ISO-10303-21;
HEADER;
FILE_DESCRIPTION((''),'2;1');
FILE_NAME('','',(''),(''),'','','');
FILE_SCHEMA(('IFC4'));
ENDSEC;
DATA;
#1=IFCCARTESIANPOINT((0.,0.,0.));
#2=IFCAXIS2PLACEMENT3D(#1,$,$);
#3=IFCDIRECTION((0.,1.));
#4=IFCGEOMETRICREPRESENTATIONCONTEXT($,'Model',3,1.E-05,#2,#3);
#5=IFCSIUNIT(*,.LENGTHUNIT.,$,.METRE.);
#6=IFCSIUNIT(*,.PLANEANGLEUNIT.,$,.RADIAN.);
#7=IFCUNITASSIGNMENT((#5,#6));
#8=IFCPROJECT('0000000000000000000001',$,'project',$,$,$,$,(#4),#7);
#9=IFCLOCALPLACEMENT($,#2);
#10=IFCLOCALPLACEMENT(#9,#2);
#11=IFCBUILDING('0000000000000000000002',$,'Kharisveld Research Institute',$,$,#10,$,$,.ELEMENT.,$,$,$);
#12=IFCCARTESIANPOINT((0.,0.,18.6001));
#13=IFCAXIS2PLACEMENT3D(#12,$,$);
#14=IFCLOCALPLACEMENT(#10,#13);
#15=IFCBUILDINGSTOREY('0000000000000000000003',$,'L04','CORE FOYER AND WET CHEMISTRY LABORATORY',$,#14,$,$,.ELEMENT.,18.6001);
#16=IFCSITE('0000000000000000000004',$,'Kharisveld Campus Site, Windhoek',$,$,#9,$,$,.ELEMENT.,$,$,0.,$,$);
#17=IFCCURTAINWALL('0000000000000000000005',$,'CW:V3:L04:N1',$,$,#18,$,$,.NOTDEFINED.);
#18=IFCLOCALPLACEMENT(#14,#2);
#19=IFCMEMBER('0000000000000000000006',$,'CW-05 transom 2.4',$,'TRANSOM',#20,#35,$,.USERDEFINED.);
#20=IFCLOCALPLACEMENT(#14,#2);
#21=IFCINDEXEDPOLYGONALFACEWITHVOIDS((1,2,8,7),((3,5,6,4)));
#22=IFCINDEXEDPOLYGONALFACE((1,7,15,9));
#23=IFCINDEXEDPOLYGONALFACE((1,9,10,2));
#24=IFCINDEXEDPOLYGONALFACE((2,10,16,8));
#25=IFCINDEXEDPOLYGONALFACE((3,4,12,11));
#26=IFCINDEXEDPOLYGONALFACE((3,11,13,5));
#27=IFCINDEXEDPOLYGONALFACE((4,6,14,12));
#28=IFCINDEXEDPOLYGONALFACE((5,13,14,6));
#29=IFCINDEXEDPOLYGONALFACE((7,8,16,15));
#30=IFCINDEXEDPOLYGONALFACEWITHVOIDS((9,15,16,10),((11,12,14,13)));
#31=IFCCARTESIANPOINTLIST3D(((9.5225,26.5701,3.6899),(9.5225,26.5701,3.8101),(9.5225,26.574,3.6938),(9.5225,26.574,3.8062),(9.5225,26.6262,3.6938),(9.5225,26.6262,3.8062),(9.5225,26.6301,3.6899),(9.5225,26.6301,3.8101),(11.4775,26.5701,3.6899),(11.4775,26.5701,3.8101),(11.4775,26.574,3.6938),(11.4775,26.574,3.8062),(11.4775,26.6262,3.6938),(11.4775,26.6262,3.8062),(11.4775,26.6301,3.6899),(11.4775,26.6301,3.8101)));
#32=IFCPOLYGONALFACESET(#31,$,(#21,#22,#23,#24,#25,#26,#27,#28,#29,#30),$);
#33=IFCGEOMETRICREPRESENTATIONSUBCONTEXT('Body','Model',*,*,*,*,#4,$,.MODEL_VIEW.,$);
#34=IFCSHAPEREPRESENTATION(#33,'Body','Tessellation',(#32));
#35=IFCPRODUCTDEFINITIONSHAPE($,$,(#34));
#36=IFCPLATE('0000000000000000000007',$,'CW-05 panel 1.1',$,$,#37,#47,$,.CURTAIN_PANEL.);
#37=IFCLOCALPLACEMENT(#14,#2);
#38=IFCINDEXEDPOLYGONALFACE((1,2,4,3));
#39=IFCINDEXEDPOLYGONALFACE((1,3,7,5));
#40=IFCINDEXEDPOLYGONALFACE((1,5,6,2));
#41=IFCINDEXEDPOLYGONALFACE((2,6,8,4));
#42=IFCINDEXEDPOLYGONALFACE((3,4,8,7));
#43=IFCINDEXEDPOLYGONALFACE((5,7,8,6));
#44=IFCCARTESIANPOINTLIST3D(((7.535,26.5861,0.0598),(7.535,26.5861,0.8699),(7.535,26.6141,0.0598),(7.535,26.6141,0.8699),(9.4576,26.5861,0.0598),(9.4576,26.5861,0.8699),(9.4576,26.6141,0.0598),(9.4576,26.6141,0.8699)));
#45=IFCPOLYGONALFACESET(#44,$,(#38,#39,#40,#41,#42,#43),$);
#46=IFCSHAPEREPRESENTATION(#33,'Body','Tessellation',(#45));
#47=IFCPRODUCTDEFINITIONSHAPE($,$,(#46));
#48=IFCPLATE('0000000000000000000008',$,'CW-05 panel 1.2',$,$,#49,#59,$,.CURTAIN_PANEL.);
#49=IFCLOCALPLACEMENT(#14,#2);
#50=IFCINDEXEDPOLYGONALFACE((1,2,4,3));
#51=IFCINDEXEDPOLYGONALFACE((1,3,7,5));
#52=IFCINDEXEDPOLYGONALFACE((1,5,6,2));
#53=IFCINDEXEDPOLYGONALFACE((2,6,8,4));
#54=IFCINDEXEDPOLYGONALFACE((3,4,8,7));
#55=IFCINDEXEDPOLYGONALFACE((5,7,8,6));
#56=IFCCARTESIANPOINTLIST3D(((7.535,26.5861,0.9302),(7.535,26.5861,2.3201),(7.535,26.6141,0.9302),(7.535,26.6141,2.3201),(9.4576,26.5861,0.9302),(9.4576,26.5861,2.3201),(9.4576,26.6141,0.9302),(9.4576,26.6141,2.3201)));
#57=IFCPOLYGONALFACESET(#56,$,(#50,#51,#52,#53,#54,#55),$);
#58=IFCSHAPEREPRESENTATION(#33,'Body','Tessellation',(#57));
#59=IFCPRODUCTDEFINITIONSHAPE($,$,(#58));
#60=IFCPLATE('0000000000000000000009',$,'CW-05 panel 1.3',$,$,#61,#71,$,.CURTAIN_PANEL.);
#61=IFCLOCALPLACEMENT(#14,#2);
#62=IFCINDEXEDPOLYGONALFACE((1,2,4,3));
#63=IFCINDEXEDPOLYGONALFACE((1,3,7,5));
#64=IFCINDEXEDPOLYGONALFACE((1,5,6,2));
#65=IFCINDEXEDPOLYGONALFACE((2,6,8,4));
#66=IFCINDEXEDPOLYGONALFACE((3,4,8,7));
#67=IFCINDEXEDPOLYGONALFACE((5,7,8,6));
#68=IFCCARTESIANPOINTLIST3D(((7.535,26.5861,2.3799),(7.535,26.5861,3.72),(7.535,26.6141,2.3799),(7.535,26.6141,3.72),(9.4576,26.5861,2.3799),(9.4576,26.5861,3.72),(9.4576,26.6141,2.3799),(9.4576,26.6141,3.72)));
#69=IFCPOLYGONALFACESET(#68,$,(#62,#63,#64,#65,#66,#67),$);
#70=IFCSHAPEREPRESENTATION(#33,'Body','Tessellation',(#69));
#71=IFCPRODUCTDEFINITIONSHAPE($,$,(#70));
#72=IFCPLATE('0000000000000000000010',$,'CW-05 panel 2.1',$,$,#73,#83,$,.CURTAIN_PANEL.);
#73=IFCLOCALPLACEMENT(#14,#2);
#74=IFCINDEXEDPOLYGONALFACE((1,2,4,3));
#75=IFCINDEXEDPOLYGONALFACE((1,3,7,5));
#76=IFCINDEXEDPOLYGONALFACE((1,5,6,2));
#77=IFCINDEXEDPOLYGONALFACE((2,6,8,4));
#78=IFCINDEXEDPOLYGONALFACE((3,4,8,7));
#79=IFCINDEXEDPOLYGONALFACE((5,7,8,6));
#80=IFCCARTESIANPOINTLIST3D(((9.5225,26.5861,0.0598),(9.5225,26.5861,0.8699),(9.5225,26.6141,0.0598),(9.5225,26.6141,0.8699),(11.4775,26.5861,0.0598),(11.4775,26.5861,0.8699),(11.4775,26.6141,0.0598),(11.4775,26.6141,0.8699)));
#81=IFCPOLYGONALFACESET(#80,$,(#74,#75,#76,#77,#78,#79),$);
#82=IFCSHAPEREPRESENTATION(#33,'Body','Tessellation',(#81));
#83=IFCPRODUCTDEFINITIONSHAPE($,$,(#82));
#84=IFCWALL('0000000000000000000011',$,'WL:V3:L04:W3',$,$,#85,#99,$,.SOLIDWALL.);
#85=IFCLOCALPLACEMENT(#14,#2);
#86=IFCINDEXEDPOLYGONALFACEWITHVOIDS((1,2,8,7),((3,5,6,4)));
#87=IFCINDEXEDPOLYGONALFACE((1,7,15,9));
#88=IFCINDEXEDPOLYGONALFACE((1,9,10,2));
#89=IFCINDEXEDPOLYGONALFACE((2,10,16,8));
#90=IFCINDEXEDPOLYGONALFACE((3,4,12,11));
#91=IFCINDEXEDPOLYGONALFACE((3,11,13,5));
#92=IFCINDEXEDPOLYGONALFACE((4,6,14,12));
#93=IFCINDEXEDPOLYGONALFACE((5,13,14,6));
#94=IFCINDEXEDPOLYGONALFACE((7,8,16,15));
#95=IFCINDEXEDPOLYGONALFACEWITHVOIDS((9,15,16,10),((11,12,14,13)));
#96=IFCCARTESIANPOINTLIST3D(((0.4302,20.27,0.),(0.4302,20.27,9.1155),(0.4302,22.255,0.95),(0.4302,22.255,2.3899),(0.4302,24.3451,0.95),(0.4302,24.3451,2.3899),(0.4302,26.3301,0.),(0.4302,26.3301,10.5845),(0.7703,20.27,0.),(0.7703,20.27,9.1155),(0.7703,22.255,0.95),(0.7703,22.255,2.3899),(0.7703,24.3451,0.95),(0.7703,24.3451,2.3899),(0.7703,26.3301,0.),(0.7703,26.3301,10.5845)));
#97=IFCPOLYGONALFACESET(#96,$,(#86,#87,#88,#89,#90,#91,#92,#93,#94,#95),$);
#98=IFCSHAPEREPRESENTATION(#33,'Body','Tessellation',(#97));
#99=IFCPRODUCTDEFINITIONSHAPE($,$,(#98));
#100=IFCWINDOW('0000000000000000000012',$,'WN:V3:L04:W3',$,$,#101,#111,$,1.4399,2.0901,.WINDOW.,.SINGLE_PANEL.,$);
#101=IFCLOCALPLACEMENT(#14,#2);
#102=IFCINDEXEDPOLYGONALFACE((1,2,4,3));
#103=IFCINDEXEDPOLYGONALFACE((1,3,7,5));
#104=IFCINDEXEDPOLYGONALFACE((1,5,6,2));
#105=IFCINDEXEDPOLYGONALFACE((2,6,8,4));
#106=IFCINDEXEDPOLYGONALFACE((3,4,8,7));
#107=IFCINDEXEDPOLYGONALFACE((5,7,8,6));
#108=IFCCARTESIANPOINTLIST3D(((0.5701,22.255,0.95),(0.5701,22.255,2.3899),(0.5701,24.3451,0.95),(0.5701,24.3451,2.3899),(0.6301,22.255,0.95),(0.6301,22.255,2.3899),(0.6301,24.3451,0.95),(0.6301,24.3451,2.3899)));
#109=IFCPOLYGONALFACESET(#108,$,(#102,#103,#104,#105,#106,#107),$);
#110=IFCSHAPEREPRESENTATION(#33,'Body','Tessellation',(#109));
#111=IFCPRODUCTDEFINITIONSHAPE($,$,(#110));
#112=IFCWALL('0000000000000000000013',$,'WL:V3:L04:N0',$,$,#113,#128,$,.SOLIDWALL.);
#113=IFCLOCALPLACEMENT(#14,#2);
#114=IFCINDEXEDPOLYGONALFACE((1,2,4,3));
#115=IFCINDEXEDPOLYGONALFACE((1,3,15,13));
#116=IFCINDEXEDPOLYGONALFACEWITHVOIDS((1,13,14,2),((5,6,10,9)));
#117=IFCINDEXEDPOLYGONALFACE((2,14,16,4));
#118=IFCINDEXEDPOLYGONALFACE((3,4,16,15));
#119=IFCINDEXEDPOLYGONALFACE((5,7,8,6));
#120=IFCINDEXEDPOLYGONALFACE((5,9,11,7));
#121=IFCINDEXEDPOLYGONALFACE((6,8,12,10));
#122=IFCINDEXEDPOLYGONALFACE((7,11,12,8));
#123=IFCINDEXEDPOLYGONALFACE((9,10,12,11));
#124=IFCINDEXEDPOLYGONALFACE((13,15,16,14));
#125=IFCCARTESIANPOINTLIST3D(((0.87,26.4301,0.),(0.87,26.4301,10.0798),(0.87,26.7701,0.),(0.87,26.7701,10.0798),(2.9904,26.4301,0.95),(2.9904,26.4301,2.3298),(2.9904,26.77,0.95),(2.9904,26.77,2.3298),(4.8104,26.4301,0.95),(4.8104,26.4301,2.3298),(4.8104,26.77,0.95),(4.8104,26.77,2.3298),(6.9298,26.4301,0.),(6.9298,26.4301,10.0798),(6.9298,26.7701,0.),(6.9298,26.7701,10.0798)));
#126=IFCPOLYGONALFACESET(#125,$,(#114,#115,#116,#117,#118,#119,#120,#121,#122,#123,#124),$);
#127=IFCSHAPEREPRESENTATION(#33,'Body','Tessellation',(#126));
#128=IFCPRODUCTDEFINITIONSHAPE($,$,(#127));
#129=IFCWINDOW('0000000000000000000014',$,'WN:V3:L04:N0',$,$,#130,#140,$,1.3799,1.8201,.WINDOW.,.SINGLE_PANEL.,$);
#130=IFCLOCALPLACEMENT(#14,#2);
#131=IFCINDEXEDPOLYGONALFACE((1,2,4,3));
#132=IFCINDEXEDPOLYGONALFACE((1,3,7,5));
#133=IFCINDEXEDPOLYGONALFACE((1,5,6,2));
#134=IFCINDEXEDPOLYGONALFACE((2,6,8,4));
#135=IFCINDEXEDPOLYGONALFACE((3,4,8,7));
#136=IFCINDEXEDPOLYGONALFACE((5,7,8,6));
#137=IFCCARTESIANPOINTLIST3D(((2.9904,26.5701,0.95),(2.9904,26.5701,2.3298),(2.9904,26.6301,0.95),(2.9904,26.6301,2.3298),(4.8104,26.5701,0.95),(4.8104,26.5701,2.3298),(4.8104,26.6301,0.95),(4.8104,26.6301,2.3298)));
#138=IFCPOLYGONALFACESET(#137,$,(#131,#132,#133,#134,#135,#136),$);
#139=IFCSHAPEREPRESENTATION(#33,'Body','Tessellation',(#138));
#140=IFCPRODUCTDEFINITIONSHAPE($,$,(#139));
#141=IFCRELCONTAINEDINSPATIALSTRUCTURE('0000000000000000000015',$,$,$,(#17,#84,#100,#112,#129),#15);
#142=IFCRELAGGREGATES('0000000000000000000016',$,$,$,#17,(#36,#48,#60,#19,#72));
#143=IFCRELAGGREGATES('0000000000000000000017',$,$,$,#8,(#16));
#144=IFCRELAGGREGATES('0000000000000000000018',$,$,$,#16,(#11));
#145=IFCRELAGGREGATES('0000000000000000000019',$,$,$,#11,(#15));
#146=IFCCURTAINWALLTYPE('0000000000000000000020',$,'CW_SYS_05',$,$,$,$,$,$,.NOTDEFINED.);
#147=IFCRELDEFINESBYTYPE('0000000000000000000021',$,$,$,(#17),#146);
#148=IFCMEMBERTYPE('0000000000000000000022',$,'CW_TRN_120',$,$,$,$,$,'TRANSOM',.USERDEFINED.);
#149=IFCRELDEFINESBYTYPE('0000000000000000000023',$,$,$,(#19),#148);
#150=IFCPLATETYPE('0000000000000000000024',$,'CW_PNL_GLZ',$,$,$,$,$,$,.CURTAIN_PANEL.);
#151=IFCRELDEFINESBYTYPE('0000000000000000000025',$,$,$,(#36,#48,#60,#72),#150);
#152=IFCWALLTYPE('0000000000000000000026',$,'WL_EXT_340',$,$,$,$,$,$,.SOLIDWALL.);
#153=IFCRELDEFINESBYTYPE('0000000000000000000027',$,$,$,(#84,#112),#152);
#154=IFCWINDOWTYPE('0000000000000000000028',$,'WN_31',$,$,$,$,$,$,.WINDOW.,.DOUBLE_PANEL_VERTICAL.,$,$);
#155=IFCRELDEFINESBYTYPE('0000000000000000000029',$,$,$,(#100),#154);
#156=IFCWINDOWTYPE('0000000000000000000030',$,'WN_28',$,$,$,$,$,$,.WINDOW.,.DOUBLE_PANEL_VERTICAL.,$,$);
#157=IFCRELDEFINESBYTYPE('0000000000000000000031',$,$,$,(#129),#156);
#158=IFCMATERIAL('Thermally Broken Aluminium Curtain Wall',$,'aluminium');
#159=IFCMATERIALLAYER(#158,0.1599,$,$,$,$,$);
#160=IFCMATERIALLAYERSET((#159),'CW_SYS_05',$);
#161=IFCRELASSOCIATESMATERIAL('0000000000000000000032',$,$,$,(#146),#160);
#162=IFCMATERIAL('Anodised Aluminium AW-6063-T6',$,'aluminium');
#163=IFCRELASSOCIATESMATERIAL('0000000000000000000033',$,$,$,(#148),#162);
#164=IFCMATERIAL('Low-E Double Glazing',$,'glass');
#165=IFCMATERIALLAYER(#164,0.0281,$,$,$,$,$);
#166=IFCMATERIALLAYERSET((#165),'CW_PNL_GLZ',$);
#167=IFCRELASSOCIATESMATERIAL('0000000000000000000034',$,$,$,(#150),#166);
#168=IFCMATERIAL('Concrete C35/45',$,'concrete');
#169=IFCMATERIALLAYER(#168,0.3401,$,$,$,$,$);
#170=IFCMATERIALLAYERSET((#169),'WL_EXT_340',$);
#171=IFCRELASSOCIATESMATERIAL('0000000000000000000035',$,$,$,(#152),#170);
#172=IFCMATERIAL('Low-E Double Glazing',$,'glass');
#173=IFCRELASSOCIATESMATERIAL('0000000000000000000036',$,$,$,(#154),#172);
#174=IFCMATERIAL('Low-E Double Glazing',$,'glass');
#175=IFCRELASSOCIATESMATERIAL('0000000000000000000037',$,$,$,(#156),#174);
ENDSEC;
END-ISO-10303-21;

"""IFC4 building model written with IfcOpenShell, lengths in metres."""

from ifc_helpers import new_model, si_unit, direction, frame, frame_2d, origin, origin_2d, place, context, subcontext, project, spatial, polyline, rectangle, hollow_rectangle, outline, extrude, material, layer, layer_set, material_profile, profile_set, type_object, element, fill, aggregate, save


model = new_model("IFC4")

# Units and contexts
model_context = context("Model", 3, precision=1e-05, world=origin(), true_north=direction((0.0, 1.0)))
body_context = subcontext(model_context, "Body", "Model", "MODEL_VIEW")
ifc_project = project(units=[si_unit("LENGTHUNIT", "METRE"), si_unit("PLANEANGLEUNIT", "RADIAN")], contexts=[model_context])

# Site, building, storey
site_placement = place(None, origin())
site = spatial("IfcSite", under=ifc_project, at=site_placement, Name="Kharisveld Campus Site, Windhoek", CompositionType="ELEMENT", RefElevation=0.0)
building_placement = place(site_placement, origin())
building = spatial("IfcBuilding", under=site, at=building_placement, Name="Kharisveld Research Institute", CompositionType="ELEMENT")
storey_placement = place(building_placement, frame((0.0, 0.0, 18.6001)))
storey = spatial("IfcBuildingStorey", under=building, at=storey_placement, Name="L04", Description="CORE FOYER AND WET CHEMISTRY LABORATORY", CompositionType="ELEMENT", Elevation=18.6001)

# Curtain wall, member, plates
ifc_material_1 = material(Name="Thermally Broken Aluminium Curtain Wall", Category="aluminium")
ifc_layer_1 = layer(ifc_material_1, 0.1599)
ifc_layer_set_1 = layer_set([ifc_layer_1], Name="CW_SYS_05")
curtain_wall_type = type_object("IfcCurtainWallType", Name="CW_SYS_05", PredefinedType="NOTDEFINED", material=ifc_layer_set_1)
curtain_wall_placement = place(storey_placement, origin())
curtain_wall = element("IfcCurtainWall", 1, at=curtain_wall_placement, inside=storey, type_object=curtain_wall_type, Name="CW:V3:L04:N1", PredefinedType="NOTDEFINED")
ifc_material_2 = material(Name="Anodised Aluminium AW-6063-T6", Category="aluminium")
ifc_material_profile_1 = material_profile(ifc_material_2, hollow_rectangle(XDim=0.0601, YDim=0.1201, WallThickness=0.0039, at=origin_2d()))
ifc_profile_set_1 = profile_set([ifc_material_profile_1], Name="Anodised Aluminium AW-6063-T6")
member_type_1 = type_object("IfcMemberType", Name="CW_TRN_120", ElementType="TRANSOM", PredefinedType="USERDEFINED", material=ifc_profile_set_1)
member_1_placement = place(storey_placement, frame((9.5225, 26.6001, 3.75), z_axis=(1.0, 0.0, 0.0), x_axis=(0.0, 1.0, 0.0)))
member_1 = element("IfcMember", 2, at=member_1_placement, type_object=member_type_1, Name="CW-05 transom 2.4", ObjectType="TRANSOM", PredefinedType="USERDEFINED", context=body_context, shape_type="SweptSolid", body=[
    extrude(hollow_rectangle(XDim=0.0601, YDim=0.1201, WallThickness=0.0039, at=origin_2d()), origin(), (0.0, 0.0, 1.0), 1.9551),
])
ifc_material_3 = material(Name="Low-E Double Glazing", Category="glass")
ifc_layer_2 = layer(ifc_material_3, 0.0281)
ifc_layer_set_2 = layer_set([ifc_layer_2], Name="CW_PNL_GLZ")
plate_type = type_object("IfcPlateType", Name="CW_PNL_GLZ", PredefinedType="CURTAIN_PANEL", material=ifc_layer_set_2)
plate_1_placement = place(storey_placement, frame((8.4963, 26.6001, 0.0598), z_axis=(0.0, 0.0, 1.0), x_axis=(1.0, 0.0, 0.0)))
plate_1 = element("IfcPlate", 3, at=plate_1_placement, type_object=plate_type, Name="CW-05 panel 1.1", PredefinedType="CURTAIN_PANEL", context=body_context, shape_type="SweptSolid", body=[
    extrude(rectangle(XDim=1.9226, YDim=0.0281, at=origin_2d()), origin(), (0.0, 0.0, 1.0), 0.8101),
])
plate_2_placement = place(storey_placement, frame((8.4963, 26.6001, 0.9302), z_axis=(0.0, 0.0, 1.0), x_axis=(1.0, 0.0, 0.0)))
plate_2 = element("IfcPlate", 4, at=plate_2_placement, type_object=plate_type, Name="CW-05 panel 1.2", PredefinedType="CURTAIN_PANEL", context=body_context, shape_type="SweptSolid", body=[
    extrude(rectangle(XDim=1.9226, YDim=0.0281, at=origin_2d()), origin(), (0.0, 0.0, 1.0), 1.3899),
])
plate_3_placement = place(storey_placement, frame((8.4963, 26.6001, 2.3799), z_axis=(0.0, 0.0, 1.0), x_axis=(1.0, 0.0, 0.0)))
plate_3 = element("IfcPlate", 5, at=plate_3_placement, type_object=plate_type, Name="CW-05 panel 1.3", PredefinedType="CURTAIN_PANEL", context=body_context, shape_type="SweptSolid", body=[
    extrude(rectangle(XDim=1.9226, YDim=0.0281, at=origin_2d()), origin(), (0.0, 0.0, 1.0), 1.3401),
])
plate_4_placement = place(storey_placement, frame((10.5, 26.6001, 0.0598), z_axis=(0.0, 0.0, 1.0), x_axis=(1.0, 0.0, 0.0)))
plate_4 = element("IfcPlate", 6, at=plate_4_placement, type_object=plate_type, Name="CW-05 panel 2.1", PredefinedType="CURTAIN_PANEL", context=body_context, shape_type="SweptSolid", body=[
    extrude(rectangle(XDim=1.9551, YDim=0.0281, at=origin_2d()), origin(), (0.0, 0.0, 1.0), 0.8101),
])
aggregate(curtain_wall, [plate_1, plate_2, plate_3, member_1, plate_4])

# Walls, openings, windows
ifc_material_4 = material(Name="Concrete C35/45", Category="concrete")
ifc_layer_3 = layer(ifc_material_4, 0.3401)
ifc_layer_set_3 = layer_set([ifc_layer_3], Name="WL_EXT_340")
wall_type = type_object("IfcWallType", Name="WL_EXT_340", PredefinedType="SOLIDWALL", material=ifc_layer_set_3)
wall_1_placement = place(storey_placement, frame((0.6001, 20.27, 0.0), z_axis=(0.0, 0.0, 1.0), x_axis=(0.0, 1.0, 0.0)))
wall_1 = element("IfcWall", 7, at=wall_1_placement, inside=storey, type_object=wall_type, Name="WL:V3:L04:W3", PredefinedType="SOLIDWALL", context=body_context, shape_type="SweptSolid", body=[
    extrude(outline(polyline([(0.0, 0.0), (6.0601, 0.0), (6.0601, 10.5845), (0.0, 9.1155), (0.0, 0.0)])), frame((0.0, 0.1699, 0.0), z_axis=(0.0, -1.0, 0.0), x_axis=(1.0, 0.0, 0.0)), (0.0, 0.0, 1.0), 0.3401),
])
opening_1_placement = place(wall_1_placement, frame((1.9851, 0.0, 0.95)))
opening_1 = element("IfcOpeningElement", 8, at=opening_1_placement, cuts=wall_1, PredefinedType="OPENING", context=body_context, shape_type="SweptSolid", body=[
    extrude(rectangle(XDim=2.0901, YDim=1.4399, at=frame_2d((1.0449, 0.72))), frame((0.0, 0.1699, 0.0), z_axis=(0.0, -1.0, 0.0), x_axis=(1.0, 0.0, 0.0)), (0.0, 0.0, 1.0), 0.3401),
])
ifc_material_5 = material(Name="Low-E Double Glazing", Category="glass")
window_type_1 = type_object("IfcWindowType", Name="WN_31", PartitioningType="DOUBLE_PANEL_VERTICAL", PredefinedType="WINDOW", material=ifc_material_5)
window_1_placement = place(opening_1_placement, origin())
window_1 = element("IfcWindow", 9, at=window_1_placement, inside=storey, type_object=window_type_1, Name="WN:V3:L04:W3", OverallHeight=1.4399, OverallWidth=2.0901, PartitioningType="SINGLE_PANEL", PredefinedType="WINDOW", context=body_context, shape_type="SweptSolid", body=[
    extrude(rectangle(XDim=2.0901, YDim=1.4399, at=frame_2d((1.0449, 0.72))), frame((0.0, 0.03, 0.0), z_axis=(0.0, -1.0, 0.0), x_axis=(1.0, 0.0, 0.0)), (0.0, 0.0, 1.0), 0.0601),
])
fill(opening_1, window_1)
wall_2_placement = place(storey_placement, frame((0.8701, 26.6001, 0.0), z_axis=(0.0, 0.0, 1.0), x_axis=(1.0, 0.0, 0.0)))
wall_2 = element("IfcWall", 10, at=wall_2_placement, inside=storey, type_object=wall_type, Name="WL:V3:L04:N0", PredefinedType="SOLIDWALL", context=body_context, shape_type="SweptSolid", body=[
    extrude(rectangle(XDim=6.0598, YDim=0.3401, at=frame_2d((3.0298, 0.0))), origin(), (0.0, 0.0, 1.0), 10.0798),
])
opening_2_placement = place(wall_2_placement, frame((2.1201, 0.0, 0.95)))
opening_2 = element("IfcOpeningElement", 11, at=opening_2_placement, cuts=wall_2, PredefinedType="OPENING", context=body_context, shape_type="SweptSolid", body=[
    extrude(rectangle(XDim=1.8201, YDim=1.3799, at=frame_2d((0.9102, 0.6899))), frame((0.0, 0.1699, 0.0), z_axis=(0.0, -1.0, 0.0), x_axis=(1.0, 0.0, 0.0)), (0.0, 0.0, 1.0), 0.3401),
])
ifc_material_6 = material(Name="Low-E Double Glazing", Category="glass")
window_type_2 = type_object("IfcWindowType", Name="WN_28", PartitioningType="DOUBLE_PANEL_VERTICAL", PredefinedType="WINDOW", material=ifc_material_6)
window_2_placement = place(opening_2_placement, origin())
window_2 = element("IfcWindow", 12, at=window_2_placement, inside=storey, type_object=window_type_2, Name="WN:V3:L04:N0", OverallHeight=1.3799, OverallWidth=1.8201, PartitioningType="SINGLE_PANEL", PredefinedType="WINDOW", context=body_context, shape_type="SweptSolid", body=[
    extrude(rectangle(XDim=1.8201, YDim=1.3799, at=frame_2d((0.9102, 0.6899))), frame((0.0, 0.03, 0.0), z_axis=(0.0, -1.0, 0.0), x_axis=(1.0, 0.0, 0.0)), (0.0, 0.0, 1.0), 0.0601),
])
fill(opening_2, window_2)

save(model, "model.ifc")
